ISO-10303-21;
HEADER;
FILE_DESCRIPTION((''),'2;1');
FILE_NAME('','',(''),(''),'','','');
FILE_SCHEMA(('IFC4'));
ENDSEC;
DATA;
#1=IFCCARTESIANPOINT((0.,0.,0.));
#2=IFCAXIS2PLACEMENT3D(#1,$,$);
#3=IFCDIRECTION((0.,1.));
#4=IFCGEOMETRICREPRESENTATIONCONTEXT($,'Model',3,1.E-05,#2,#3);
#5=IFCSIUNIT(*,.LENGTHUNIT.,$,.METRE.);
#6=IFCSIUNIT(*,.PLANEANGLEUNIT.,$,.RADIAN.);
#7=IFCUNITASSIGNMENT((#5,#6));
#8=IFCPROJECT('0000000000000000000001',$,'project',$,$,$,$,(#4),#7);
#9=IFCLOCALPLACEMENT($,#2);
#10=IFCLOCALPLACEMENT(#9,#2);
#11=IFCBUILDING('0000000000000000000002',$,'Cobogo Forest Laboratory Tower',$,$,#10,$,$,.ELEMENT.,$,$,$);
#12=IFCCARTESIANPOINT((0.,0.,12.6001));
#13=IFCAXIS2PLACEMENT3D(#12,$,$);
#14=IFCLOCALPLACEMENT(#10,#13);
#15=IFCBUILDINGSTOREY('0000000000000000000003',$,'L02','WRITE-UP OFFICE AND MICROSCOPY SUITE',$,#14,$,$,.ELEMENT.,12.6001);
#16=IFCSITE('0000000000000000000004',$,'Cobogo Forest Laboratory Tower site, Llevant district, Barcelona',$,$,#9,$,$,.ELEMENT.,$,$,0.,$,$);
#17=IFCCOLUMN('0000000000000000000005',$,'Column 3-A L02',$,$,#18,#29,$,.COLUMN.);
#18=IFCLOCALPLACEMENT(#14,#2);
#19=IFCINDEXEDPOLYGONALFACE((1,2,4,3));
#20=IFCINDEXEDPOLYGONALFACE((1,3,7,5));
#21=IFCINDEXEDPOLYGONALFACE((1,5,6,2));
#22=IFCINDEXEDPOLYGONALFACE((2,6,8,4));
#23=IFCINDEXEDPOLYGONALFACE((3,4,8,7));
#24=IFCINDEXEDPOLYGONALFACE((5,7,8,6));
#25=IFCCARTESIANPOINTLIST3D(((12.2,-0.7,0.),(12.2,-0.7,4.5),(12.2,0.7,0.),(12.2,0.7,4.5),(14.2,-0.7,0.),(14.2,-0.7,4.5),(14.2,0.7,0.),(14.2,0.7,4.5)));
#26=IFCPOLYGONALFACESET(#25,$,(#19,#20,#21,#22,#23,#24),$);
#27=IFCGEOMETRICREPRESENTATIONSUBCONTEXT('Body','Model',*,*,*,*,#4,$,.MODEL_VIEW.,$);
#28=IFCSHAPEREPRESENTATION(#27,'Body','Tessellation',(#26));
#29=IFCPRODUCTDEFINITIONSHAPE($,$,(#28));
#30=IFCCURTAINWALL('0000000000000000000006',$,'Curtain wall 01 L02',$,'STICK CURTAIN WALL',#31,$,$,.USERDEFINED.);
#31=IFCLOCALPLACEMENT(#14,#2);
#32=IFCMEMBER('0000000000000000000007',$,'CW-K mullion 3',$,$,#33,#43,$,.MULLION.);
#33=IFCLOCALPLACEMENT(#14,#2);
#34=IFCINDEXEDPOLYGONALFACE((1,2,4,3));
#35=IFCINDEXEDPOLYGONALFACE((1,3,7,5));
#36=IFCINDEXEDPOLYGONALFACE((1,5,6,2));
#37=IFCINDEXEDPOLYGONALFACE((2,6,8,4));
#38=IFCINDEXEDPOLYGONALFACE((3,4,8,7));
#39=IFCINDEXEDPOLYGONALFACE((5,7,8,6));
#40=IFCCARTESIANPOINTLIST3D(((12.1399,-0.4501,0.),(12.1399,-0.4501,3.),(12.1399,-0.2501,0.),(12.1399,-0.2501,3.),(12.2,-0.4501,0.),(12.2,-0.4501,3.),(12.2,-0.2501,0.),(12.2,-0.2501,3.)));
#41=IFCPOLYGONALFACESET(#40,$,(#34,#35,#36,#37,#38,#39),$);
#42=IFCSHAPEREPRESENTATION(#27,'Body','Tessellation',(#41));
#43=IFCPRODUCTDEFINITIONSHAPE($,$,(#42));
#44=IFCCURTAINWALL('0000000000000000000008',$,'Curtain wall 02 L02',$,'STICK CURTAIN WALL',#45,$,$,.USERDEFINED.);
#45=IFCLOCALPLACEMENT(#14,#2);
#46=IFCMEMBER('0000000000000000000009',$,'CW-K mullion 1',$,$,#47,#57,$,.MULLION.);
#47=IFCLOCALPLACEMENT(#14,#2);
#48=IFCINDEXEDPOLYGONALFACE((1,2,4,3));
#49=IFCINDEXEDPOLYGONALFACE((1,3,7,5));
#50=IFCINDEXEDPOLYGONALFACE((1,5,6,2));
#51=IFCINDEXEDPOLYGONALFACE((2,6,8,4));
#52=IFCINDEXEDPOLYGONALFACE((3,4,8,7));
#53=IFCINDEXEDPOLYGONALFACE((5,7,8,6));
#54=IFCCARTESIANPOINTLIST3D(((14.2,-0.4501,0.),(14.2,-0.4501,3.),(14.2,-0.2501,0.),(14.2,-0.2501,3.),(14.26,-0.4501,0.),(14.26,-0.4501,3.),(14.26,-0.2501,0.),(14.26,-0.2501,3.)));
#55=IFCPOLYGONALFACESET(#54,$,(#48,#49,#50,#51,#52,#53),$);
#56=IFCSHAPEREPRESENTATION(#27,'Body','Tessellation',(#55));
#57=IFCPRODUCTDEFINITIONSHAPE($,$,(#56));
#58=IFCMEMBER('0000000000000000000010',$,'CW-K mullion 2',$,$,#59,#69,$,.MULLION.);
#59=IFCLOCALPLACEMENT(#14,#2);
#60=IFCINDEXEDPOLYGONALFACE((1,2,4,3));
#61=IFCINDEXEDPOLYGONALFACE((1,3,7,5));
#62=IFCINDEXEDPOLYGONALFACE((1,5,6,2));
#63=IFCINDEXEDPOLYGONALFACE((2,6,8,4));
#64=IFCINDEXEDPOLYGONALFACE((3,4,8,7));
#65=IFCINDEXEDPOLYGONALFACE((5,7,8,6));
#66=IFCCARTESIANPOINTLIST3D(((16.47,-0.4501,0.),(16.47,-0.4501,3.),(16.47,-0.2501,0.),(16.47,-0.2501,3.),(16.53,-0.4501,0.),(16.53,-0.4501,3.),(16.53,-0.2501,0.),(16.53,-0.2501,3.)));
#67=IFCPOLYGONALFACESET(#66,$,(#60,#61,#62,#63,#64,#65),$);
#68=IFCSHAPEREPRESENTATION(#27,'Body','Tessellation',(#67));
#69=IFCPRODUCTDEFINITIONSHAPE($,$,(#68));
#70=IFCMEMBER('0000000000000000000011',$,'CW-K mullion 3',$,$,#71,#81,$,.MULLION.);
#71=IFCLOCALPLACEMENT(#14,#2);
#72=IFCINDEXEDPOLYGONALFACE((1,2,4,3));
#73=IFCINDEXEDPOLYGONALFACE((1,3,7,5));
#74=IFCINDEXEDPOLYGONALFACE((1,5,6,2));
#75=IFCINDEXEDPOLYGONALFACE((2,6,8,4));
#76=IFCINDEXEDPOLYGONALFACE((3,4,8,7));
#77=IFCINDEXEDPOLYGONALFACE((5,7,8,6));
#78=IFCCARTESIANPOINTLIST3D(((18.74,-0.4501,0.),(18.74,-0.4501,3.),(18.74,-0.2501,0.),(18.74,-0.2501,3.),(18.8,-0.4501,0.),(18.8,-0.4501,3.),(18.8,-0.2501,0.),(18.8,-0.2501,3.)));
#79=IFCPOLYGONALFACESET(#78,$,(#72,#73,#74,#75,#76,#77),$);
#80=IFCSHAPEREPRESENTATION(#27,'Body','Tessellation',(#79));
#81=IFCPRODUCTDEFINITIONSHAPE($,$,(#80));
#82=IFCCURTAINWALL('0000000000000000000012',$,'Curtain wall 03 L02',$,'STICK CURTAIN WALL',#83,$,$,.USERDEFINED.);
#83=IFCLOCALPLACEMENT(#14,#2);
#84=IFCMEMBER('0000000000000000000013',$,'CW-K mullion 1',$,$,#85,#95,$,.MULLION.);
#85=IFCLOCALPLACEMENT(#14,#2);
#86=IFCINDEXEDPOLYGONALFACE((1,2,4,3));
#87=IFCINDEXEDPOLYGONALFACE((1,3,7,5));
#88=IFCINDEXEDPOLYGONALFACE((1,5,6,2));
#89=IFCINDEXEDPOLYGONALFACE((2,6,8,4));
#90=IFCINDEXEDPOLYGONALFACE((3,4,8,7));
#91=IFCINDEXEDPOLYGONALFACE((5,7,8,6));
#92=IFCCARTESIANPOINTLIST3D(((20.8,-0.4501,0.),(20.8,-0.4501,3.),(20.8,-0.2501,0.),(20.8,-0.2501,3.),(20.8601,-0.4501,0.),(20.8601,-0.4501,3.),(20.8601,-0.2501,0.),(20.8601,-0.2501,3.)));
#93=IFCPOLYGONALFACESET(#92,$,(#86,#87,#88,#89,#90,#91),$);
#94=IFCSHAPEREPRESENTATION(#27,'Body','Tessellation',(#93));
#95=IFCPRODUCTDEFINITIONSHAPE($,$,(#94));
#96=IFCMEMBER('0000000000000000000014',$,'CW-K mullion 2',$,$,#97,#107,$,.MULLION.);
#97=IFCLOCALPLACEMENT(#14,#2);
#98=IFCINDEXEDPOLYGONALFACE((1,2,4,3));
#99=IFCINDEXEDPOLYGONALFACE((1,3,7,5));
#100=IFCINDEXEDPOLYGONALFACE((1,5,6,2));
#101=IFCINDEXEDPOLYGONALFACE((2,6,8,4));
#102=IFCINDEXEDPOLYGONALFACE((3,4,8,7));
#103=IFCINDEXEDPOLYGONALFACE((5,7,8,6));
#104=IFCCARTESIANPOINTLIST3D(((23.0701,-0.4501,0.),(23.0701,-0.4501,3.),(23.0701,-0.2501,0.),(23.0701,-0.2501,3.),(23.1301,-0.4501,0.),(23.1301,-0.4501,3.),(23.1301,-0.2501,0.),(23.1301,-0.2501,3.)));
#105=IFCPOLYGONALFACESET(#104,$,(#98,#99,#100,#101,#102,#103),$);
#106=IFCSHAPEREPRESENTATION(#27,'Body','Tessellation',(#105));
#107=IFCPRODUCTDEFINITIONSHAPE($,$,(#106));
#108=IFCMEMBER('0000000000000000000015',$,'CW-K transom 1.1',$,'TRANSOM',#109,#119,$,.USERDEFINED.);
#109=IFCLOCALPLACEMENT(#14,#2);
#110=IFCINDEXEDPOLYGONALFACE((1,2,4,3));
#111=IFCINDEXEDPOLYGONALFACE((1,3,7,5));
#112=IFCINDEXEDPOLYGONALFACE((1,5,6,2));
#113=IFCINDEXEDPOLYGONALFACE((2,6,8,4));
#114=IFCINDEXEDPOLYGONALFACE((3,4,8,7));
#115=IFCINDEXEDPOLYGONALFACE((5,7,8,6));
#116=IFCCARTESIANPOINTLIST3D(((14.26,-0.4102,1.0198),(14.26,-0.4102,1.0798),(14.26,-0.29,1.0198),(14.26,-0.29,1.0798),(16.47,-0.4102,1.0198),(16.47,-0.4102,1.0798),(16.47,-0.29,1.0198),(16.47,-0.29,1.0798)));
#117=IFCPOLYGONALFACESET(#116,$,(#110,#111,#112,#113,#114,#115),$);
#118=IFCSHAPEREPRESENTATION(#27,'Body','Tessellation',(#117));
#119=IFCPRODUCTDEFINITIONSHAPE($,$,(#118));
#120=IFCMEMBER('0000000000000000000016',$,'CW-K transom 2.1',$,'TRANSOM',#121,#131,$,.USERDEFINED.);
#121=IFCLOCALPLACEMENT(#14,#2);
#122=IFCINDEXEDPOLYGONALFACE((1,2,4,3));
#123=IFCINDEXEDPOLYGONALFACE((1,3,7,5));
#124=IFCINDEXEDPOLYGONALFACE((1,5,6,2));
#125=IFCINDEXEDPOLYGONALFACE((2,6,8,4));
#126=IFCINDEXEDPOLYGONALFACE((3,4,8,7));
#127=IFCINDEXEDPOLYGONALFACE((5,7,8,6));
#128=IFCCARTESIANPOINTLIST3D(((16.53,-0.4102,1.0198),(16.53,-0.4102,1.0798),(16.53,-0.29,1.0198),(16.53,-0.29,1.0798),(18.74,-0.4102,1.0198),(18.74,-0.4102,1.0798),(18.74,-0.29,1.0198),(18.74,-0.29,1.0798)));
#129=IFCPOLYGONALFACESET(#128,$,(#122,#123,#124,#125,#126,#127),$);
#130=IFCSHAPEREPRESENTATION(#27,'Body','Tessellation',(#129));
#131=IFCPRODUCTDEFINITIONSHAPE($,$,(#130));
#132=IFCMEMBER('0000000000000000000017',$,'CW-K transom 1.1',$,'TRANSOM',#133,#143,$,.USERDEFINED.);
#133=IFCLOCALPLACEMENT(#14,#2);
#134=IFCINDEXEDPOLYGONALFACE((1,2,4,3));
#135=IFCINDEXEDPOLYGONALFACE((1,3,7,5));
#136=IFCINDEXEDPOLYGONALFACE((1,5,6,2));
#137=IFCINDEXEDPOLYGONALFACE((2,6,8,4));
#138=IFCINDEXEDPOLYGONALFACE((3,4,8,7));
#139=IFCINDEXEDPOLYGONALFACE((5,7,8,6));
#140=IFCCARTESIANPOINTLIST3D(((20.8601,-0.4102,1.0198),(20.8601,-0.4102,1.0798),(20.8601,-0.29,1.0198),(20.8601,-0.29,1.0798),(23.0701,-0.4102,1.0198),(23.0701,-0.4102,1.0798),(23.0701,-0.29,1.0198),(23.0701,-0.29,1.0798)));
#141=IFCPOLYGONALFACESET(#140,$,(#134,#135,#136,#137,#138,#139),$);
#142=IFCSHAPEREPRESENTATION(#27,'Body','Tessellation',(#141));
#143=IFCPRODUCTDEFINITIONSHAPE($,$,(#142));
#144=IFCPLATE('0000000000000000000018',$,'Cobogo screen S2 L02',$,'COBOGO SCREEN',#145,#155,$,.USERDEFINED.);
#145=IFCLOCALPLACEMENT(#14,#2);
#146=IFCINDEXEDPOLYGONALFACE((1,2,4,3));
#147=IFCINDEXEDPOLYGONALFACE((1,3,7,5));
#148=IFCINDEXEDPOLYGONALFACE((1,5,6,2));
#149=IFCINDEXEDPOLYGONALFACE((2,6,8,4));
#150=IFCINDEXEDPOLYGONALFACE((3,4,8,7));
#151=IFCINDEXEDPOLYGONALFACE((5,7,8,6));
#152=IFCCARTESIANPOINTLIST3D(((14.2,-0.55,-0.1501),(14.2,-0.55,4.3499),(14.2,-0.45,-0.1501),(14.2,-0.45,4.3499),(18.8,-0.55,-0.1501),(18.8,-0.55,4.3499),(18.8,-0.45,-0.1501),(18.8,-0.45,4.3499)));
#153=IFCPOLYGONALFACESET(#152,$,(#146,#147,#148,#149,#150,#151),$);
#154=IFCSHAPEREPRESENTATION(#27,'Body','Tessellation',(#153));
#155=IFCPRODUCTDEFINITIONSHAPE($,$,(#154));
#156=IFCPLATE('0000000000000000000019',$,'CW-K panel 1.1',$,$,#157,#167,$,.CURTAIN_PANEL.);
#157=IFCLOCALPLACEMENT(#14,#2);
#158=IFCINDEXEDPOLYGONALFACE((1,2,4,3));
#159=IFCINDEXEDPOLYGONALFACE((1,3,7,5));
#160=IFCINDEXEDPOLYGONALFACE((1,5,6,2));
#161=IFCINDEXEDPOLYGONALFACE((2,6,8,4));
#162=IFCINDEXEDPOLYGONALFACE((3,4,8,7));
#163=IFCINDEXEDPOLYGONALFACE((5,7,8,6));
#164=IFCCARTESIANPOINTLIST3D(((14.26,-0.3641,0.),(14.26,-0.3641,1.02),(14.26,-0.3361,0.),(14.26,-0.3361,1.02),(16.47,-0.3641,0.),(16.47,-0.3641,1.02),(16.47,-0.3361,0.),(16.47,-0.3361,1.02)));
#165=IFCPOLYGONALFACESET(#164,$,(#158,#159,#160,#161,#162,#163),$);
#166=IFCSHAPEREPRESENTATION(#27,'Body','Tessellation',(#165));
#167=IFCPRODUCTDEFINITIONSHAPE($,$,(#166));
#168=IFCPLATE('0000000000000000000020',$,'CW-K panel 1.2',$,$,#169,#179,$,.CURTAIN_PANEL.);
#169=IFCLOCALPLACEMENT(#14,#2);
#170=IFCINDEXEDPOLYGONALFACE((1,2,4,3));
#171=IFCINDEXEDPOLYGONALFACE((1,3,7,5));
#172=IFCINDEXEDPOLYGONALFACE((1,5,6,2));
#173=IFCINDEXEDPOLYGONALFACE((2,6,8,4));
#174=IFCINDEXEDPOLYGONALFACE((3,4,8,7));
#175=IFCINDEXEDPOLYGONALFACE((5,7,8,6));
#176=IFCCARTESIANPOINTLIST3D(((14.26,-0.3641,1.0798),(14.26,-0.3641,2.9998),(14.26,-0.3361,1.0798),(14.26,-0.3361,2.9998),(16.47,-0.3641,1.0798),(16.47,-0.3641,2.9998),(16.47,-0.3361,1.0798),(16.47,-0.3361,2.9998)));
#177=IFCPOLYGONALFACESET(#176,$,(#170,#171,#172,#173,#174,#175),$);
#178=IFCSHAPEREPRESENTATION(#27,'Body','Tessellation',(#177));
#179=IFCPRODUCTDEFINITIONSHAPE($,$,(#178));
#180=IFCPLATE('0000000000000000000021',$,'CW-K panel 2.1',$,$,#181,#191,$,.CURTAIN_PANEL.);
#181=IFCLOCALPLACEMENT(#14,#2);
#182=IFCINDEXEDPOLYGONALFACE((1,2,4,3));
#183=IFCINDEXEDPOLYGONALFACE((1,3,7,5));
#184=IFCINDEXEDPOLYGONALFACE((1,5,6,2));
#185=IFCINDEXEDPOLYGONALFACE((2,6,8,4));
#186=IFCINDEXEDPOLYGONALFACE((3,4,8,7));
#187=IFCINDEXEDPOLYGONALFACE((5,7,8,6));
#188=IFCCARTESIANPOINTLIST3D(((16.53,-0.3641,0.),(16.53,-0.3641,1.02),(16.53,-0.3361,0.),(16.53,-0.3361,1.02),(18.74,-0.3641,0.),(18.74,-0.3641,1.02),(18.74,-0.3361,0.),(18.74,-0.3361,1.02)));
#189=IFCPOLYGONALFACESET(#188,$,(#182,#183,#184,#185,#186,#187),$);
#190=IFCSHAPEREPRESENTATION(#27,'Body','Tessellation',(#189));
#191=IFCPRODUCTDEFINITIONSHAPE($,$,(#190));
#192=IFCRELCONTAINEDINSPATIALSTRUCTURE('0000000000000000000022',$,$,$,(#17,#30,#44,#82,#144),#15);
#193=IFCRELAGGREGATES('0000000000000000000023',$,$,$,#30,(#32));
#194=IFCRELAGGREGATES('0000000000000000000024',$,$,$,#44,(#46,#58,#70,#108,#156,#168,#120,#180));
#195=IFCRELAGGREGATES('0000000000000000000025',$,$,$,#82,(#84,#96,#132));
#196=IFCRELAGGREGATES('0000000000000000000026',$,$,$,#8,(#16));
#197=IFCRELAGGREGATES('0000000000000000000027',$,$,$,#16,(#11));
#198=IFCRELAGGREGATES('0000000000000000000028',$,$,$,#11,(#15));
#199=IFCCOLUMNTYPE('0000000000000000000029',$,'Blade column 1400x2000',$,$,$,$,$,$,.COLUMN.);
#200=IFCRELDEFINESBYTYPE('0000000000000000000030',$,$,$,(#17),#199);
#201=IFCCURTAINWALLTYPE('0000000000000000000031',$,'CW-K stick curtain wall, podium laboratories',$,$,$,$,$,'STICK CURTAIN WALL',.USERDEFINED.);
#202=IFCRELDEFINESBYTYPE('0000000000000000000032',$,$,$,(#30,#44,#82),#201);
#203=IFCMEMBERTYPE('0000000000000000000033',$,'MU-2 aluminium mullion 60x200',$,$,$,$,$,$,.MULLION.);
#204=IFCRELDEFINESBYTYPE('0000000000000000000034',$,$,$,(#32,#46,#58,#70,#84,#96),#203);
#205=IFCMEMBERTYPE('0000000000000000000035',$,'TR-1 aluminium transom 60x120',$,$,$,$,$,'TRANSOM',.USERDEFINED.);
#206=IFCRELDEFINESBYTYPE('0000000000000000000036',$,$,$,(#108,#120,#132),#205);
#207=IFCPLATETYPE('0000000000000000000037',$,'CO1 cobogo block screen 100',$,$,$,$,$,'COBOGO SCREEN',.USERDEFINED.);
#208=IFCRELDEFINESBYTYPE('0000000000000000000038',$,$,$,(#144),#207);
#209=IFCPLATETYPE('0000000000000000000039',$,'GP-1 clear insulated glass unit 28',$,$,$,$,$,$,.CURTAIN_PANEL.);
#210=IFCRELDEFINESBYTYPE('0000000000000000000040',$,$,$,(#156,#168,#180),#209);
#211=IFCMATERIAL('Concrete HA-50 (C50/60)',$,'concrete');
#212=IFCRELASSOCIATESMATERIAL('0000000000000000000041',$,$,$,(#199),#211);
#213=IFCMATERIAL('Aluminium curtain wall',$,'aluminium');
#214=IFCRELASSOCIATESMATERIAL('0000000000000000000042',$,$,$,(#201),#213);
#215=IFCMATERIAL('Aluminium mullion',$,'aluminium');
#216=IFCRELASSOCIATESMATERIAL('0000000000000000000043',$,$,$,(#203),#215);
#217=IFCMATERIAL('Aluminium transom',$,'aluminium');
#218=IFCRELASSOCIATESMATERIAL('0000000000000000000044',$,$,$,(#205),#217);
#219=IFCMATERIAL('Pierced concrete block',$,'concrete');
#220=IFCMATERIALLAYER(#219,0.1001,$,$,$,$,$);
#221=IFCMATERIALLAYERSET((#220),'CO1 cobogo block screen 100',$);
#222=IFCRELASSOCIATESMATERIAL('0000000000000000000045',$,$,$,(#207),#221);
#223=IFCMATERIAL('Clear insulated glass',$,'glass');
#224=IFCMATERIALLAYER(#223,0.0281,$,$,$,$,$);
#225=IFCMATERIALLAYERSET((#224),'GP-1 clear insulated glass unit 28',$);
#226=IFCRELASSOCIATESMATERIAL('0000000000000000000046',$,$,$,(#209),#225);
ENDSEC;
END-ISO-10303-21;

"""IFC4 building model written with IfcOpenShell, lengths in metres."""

from ifc_helpers import new_model, si_unit, direction, frame, origin, origin_2d, place, context, subcontext, project, spatial, rectangle, extrude, material, layer, layer_set, material_profile, profile_set, type_object, element, aggregate, save


model = new_model("IFC4")

# Units and contexts
model_context = context("Model", 3, precision=1e-05, world=origin(), true_north=direction((0.0, 1.0)))
body_context = subcontext(model_context, "Body", "Model", "MODEL_VIEW")
ifc_project = project(units=[si_unit("LENGTHUNIT", "METRE"), si_unit("PLANEANGLEUNIT", "RADIAN")], contexts=[model_context])

# Site, building, storey
site_placement = place(None, origin())
site = spatial("IfcSite", under=ifc_project, at=site_placement, Name="Cobogo Forest Laboratory Tower site, Llevant district, Barcelona", CompositionType="ELEMENT", RefElevation=0.0)
building_placement = place(site_placement, origin())
building = spatial("IfcBuilding", under=site, at=building_placement, Name="Cobogo Forest Laboratory Tower", CompositionType="ELEMENT")
storey_placement = place(building_placement, frame((0.0, 0.0, 12.6001)))
storey = spatial("IfcBuildingStorey", under=building, at=storey_placement, Name="L02", Description="WRITE-UP OFFICE AND MICROSCOPY SUITE", CompositionType="ELEMENT", Elevation=12.6001)

# Column
ifc_material_1 = material(Name="Concrete HA-50 (C50/60)", Category="concrete")
ifc_material_profile_1 = material_profile(ifc_material_1, rectangle(XDim=2.0, YDim=1.3999, at=origin_2d()), Name="RC 1400x2000")
ifc_profile_set_1 = profile_set([ifc_material_profile_1], Name="Concrete HA-50 (C50/60)")
column_type = type_object("IfcColumnType", Name="Blade column 1400x2000", PredefinedType="COLUMN", material=ifc_profile_set_1)
column_placement = place(storey_placement, frame((13.2, 0.0, 0.0), z_axis=(0.0, 0.0, 1.0), x_axis=(1.0, 0.0, 0.0)))
element("IfcColumn", 1, at=column_placement, inside=storey, type_object=column_type, Name="Column 3-A L02", PredefinedType="COLUMN", context=body_context, shape_type="SweptSolid", body=[
    extrude(rectangle(XDim=2.0, YDim=1.3999, at=origin_2d()), origin(), (0.0, 0.0, 1.0), 4.5),
])

# Curtain wall, member
ifc_material_2 = material(Name="Aluminium curtain wall", Category="aluminium")
curtain_wall_type = type_object("IfcCurtainWallType", Name="CW-K stick curtain wall, podium laboratories", ElementType="STICK CURTAIN WALL", PredefinedType="USERDEFINED", material=ifc_material_2)
curtain_wall_1_placement = place(storey_placement, origin())
curtain_wall_1 = element("IfcCurtainWall", 2, at=curtain_wall_1_placement, inside=storey, type_object=curtain_wall_type, Name="Curtain wall 01 L02", ObjectType="STICK CURTAIN WALL", PredefinedType="USERDEFINED")
ifc_material_3 = material(Name="Aluminium mullion", Category="aluminium")
ifc_material_profile_2 = material_profile(ifc_material_3, rectangle(XDim=0.0601, YDim=0.2, at=origin_2d()), Name="AL 60x200")
ifc_profile_set_2 = profile_set([ifc_material_profile_2], Name="Aluminium mullion")
member_type_1 = type_object("IfcMemberType", Name="MU-2 aluminium mullion 60x200", PredefinedType="MULLION", material=ifc_profile_set_2)
member_1_placement = place(storey_placement, frame((12.1699, -0.3501, 0.0), z_axis=(0.0, 0.0, 1.0), x_axis=(1.0, 0.0, 0.0)))
member_1 = element("IfcMember", 3, at=member_1_placement, type_object=member_type_1, Name="CW-K mullion 3", PredefinedType="MULLION", context=body_context, shape_type="SweptSolid", body=[
    extrude(rectangle(XDim=0.0601, YDim=0.2, at=origin_2d()), origin(), (0.0, 0.0, 1.0), 3.0),
])
aggregate(curtain_wall_1, [member_1])

# Curtain walls, members
curtain_wall_2_placement = place(storey_placement, origin())
curtain_wall_2 = element("IfcCurtainWall", 4, at=curtain_wall_2_placement, inside=storey, type_object=curtain_wall_type, Name="Curtain wall 02 L02", ObjectType="STICK CURTAIN WALL", PredefinedType="USERDEFINED")
member_2_placement = place(storey_placement, frame((14.23, -0.3501, 0.0), z_axis=(0.0, 0.0, 1.0), x_axis=(1.0, 0.0, 0.0)))
member_2 = element("IfcMember", 5, at=member_2_placement, type_object=member_type_1, Name="CW-K mullion 1", PredefinedType="MULLION", context=body_context, shape_type="SweptSolid", body=[
    extrude(rectangle(XDim=0.0601, YDim=0.2, at=origin_2d()), origin(), (0.0, 0.0, 1.0), 3.0),
])
member_3_placement = place(storey_placement, frame((16.5, -0.3501, 0.0), z_axis=(0.0, 0.0, 1.0), x_axis=(1.0, 0.0, 0.0)))
member_3 = element("IfcMember", 6, at=member_3_placement, type_object=member_type_1, Name="CW-K mullion 2", PredefinedType="MULLION", context=body_context, shape_type="SweptSolid", body=[
    extrude(rectangle(XDim=0.0601, YDim=0.2, at=origin_2d()), origin(), (0.0, 0.0, 1.0), 3.0),
])
member_4_placement = place(storey_placement, frame((18.77, -0.3501, 0.0), z_axis=(0.0, 0.0, 1.0), x_axis=(1.0, 0.0, 0.0)))
member_4 = element("IfcMember", 7, at=member_4_placement, type_object=member_type_1, Name="CW-K mullion 3", PredefinedType="MULLION", context=body_context, shape_type="SweptSolid", body=[
    extrude(rectangle(XDim=0.0601, YDim=0.2, at=origin_2d()), origin(), (0.0, 0.0, 1.0), 3.0),
])
curtain_wall_3_placement = place(storey_placement, origin())
curtain_wall_3 = element("IfcCurtainWall", 8, at=curtain_wall_3_placement, inside=storey, type_object=curtain_wall_type, Name="Curtain wall 03 L02", ObjectType="STICK CURTAIN WALL", PredefinedType="USERDEFINED")
member_5_placement = place(storey_placement, frame((20.8301, -0.3501, 0.0), z_axis=(0.0, 0.0, 1.0), x_axis=(1.0, 0.0, 0.0)))
member_5 = element("IfcMember", 9, at=member_5_placement, type_object=member_type_1, Name="CW-K mullion 1", PredefinedType="MULLION", context=body_context, shape_type="SweptSolid", body=[
    extrude(rectangle(XDim=0.0601, YDim=0.2, at=origin_2d()), origin(), (0.0, 0.0, 1.0), 3.0),
])
member_6_placement = place(storey_placement, frame((23.1001, -0.3501, 0.0), z_axis=(0.0, 0.0, 1.0), x_axis=(1.0, 0.0, 0.0)))
member_6 = element("IfcMember", 10, at=member_6_placement, type_object=member_type_1, Name="CW-K mullion 2", PredefinedType="MULLION", context=body_context, shape_type="SweptSolid", body=[
    extrude(rectangle(XDim=0.0601, YDim=0.2, at=origin_2d()), origin(), (0.0, 0.0, 1.0), 3.0),
])

# Members
ifc_material_4 = material(Name="Aluminium transom", Category="aluminium")
ifc_material_profile_3 = material_profile(ifc_material_4, rectangle(XDim=0.1201, YDim=0.0601, at=origin_2d()), Name="AL 60x120")
ifc_profile_set_3 = profile_set([ifc_material_profile_3], Name="Aluminium transom")
member_type_2 = type_object("IfcMemberType", Name="TR-1 aluminium transom 60x120", ElementType="TRANSOM", PredefinedType="USERDEFINED", material=ifc_profile_set_3)
member_7_placement = place(storey_placement, frame((14.26, -0.3501, 1.0498), z_axis=(1.0, 0.0, 0.0), x_axis=(0.0, 1.0, 0.0)))
member_7 = element("IfcMember", 11, at=member_7_placement, type_object=member_type_2, Name="CW-K transom 1.1", ObjectType="TRANSOM", PredefinedType="USERDEFINED", context=body_context, shape_type="SweptSolid", body=[
    extrude(rectangle(XDim=0.1201, YDim=0.0601, at=origin_2d()), origin(), (0.0, 0.0, 1.0), 2.21),
])
member_8_placement = place(storey_placement, frame((16.53, -0.3501, 1.0498), z_axis=(1.0, 0.0, 0.0), x_axis=(0.0, 1.0, 0.0)))
member_8 = element("IfcMember", 12, at=member_8_placement, type_object=member_type_2, Name="CW-K transom 2.1", ObjectType="TRANSOM", PredefinedType="USERDEFINED", context=body_context, shape_type="SweptSolid", body=[
    extrude(rectangle(XDim=0.1201, YDim=0.0601, at=origin_2d()), origin(), (0.0, 0.0, 1.0), 2.21),
])
member_9_placement = place(storey_placement, frame((20.8601, -0.3501, 1.0498), z_axis=(1.0, 0.0, 0.0), x_axis=(0.0, 1.0, 0.0)))
member_9 = element("IfcMember", 13, at=member_9_placement, type_object=member_type_2, Name="CW-K transom 1.1", ObjectType="TRANSOM", PredefinedType="USERDEFINED", context=body_context, shape_type="SweptSolid", body=[
    extrude(rectangle(XDim=0.1201, YDim=0.0601, at=origin_2d()), origin(), (0.0, 0.0, 1.0), 2.21),
])

# Plates
ifc_material_5 = material(Name="Pierced concrete block", Category="concrete")
ifc_layer_1 = layer(ifc_material_5, 0.1001)
ifc_layer_set_1 = layer_set([ifc_layer_1], Name="CO1 cobogo block screen 100")
plate_type_1 = type_object("IfcPlateType", Name="CO1 cobogo block screen 100", ElementType="COBOGO SCREEN", PredefinedType="USERDEFINED", material=ifc_layer_set_1)
plate_1_placement = place(storey_placement, frame((16.5, -0.5, -0.1501), z_axis=(0.0, 0.0, 1.0), x_axis=(1.0, 0.0, 0.0)))
element("IfcPlate", 14, at=plate_1_placement, inside=storey, type_object=plate_type_1, Name="Cobogo screen S2 L02", ObjectType="COBOGO SCREEN", PredefinedType="USERDEFINED", context=body_context, shape_type="SweptSolid", body=[
    extrude(rectangle(XDim=4.6001, YDim=0.1001, at=origin_2d()), origin(), (0.0, 0.0, 1.0), 4.5),
])
ifc_material_6 = material(Name="Clear insulated glass", Category="glass")
ifc_layer_2 = layer(ifc_material_6, 0.0281)
ifc_layer_set_2 = layer_set([ifc_layer_2], Name="GP-1 clear insulated glass unit 28")
plate_type_2 = type_object("IfcPlateType", Name="GP-1 clear insulated glass unit 28", PredefinedType="CURTAIN_PANEL", material=ifc_layer_set_2)
plate_2_placement = place(storey_placement, frame((15.365, -0.3501, 0.0), z_axis=(0.0, 0.0, 1.0), x_axis=(1.0, 0.0, 0.0)))
plate_2 = element("IfcPlate", 15, at=plate_2_placement, type_object=plate_type_2, Name="CW-K panel 1.1", PredefinedType="CURTAIN_PANEL", context=body_context, shape_type="SweptSolid", body=[
    extrude(rectangle(XDim=2.21, YDim=0.0281, at=origin_2d()), origin(), (0.0, 0.0, 1.0), 1.02),
])
plate_3_placement = place(storey_placement, frame((15.365, -0.3501, 1.0798), z_axis=(0.0, 0.0, 1.0), x_axis=(1.0, 0.0, 0.0)))
plate_3 = element("IfcPlate", 16, at=plate_3_placement, type_object=plate_type_2, Name="CW-K panel 1.2", PredefinedType="CURTAIN_PANEL", context=body_context, shape_type="SweptSolid", body=[
    extrude(rectangle(XDim=2.21, YDim=0.0281, at=origin_2d()), origin(), (0.0, 0.0, 1.0), 1.9199),
])
plate_4_placement = place(storey_placement, frame((17.635, -0.3501, 0.0), z_axis=(0.0, 0.0, 1.0), x_axis=(1.0, 0.0, 0.0)))
plate_4 = element("IfcPlate", 17, at=plate_4_placement, type_object=plate_type_2, Name="CW-K panel 2.1", PredefinedType="CURTAIN_PANEL", context=body_context, shape_type="SweptSolid", body=[
    extrude(rectangle(XDim=2.21, YDim=0.0281, at=origin_2d()), origin(), (0.0, 0.0, 1.0), 1.02),
])
aggregate(curtain_wall_2, [member_2, member_3, member_4, member_7, plate_2, plate_3, member_8, plate_4])
aggregate(curtain_wall_3, [member_5, member_6, member_9])

save(model, "model.ifc")
